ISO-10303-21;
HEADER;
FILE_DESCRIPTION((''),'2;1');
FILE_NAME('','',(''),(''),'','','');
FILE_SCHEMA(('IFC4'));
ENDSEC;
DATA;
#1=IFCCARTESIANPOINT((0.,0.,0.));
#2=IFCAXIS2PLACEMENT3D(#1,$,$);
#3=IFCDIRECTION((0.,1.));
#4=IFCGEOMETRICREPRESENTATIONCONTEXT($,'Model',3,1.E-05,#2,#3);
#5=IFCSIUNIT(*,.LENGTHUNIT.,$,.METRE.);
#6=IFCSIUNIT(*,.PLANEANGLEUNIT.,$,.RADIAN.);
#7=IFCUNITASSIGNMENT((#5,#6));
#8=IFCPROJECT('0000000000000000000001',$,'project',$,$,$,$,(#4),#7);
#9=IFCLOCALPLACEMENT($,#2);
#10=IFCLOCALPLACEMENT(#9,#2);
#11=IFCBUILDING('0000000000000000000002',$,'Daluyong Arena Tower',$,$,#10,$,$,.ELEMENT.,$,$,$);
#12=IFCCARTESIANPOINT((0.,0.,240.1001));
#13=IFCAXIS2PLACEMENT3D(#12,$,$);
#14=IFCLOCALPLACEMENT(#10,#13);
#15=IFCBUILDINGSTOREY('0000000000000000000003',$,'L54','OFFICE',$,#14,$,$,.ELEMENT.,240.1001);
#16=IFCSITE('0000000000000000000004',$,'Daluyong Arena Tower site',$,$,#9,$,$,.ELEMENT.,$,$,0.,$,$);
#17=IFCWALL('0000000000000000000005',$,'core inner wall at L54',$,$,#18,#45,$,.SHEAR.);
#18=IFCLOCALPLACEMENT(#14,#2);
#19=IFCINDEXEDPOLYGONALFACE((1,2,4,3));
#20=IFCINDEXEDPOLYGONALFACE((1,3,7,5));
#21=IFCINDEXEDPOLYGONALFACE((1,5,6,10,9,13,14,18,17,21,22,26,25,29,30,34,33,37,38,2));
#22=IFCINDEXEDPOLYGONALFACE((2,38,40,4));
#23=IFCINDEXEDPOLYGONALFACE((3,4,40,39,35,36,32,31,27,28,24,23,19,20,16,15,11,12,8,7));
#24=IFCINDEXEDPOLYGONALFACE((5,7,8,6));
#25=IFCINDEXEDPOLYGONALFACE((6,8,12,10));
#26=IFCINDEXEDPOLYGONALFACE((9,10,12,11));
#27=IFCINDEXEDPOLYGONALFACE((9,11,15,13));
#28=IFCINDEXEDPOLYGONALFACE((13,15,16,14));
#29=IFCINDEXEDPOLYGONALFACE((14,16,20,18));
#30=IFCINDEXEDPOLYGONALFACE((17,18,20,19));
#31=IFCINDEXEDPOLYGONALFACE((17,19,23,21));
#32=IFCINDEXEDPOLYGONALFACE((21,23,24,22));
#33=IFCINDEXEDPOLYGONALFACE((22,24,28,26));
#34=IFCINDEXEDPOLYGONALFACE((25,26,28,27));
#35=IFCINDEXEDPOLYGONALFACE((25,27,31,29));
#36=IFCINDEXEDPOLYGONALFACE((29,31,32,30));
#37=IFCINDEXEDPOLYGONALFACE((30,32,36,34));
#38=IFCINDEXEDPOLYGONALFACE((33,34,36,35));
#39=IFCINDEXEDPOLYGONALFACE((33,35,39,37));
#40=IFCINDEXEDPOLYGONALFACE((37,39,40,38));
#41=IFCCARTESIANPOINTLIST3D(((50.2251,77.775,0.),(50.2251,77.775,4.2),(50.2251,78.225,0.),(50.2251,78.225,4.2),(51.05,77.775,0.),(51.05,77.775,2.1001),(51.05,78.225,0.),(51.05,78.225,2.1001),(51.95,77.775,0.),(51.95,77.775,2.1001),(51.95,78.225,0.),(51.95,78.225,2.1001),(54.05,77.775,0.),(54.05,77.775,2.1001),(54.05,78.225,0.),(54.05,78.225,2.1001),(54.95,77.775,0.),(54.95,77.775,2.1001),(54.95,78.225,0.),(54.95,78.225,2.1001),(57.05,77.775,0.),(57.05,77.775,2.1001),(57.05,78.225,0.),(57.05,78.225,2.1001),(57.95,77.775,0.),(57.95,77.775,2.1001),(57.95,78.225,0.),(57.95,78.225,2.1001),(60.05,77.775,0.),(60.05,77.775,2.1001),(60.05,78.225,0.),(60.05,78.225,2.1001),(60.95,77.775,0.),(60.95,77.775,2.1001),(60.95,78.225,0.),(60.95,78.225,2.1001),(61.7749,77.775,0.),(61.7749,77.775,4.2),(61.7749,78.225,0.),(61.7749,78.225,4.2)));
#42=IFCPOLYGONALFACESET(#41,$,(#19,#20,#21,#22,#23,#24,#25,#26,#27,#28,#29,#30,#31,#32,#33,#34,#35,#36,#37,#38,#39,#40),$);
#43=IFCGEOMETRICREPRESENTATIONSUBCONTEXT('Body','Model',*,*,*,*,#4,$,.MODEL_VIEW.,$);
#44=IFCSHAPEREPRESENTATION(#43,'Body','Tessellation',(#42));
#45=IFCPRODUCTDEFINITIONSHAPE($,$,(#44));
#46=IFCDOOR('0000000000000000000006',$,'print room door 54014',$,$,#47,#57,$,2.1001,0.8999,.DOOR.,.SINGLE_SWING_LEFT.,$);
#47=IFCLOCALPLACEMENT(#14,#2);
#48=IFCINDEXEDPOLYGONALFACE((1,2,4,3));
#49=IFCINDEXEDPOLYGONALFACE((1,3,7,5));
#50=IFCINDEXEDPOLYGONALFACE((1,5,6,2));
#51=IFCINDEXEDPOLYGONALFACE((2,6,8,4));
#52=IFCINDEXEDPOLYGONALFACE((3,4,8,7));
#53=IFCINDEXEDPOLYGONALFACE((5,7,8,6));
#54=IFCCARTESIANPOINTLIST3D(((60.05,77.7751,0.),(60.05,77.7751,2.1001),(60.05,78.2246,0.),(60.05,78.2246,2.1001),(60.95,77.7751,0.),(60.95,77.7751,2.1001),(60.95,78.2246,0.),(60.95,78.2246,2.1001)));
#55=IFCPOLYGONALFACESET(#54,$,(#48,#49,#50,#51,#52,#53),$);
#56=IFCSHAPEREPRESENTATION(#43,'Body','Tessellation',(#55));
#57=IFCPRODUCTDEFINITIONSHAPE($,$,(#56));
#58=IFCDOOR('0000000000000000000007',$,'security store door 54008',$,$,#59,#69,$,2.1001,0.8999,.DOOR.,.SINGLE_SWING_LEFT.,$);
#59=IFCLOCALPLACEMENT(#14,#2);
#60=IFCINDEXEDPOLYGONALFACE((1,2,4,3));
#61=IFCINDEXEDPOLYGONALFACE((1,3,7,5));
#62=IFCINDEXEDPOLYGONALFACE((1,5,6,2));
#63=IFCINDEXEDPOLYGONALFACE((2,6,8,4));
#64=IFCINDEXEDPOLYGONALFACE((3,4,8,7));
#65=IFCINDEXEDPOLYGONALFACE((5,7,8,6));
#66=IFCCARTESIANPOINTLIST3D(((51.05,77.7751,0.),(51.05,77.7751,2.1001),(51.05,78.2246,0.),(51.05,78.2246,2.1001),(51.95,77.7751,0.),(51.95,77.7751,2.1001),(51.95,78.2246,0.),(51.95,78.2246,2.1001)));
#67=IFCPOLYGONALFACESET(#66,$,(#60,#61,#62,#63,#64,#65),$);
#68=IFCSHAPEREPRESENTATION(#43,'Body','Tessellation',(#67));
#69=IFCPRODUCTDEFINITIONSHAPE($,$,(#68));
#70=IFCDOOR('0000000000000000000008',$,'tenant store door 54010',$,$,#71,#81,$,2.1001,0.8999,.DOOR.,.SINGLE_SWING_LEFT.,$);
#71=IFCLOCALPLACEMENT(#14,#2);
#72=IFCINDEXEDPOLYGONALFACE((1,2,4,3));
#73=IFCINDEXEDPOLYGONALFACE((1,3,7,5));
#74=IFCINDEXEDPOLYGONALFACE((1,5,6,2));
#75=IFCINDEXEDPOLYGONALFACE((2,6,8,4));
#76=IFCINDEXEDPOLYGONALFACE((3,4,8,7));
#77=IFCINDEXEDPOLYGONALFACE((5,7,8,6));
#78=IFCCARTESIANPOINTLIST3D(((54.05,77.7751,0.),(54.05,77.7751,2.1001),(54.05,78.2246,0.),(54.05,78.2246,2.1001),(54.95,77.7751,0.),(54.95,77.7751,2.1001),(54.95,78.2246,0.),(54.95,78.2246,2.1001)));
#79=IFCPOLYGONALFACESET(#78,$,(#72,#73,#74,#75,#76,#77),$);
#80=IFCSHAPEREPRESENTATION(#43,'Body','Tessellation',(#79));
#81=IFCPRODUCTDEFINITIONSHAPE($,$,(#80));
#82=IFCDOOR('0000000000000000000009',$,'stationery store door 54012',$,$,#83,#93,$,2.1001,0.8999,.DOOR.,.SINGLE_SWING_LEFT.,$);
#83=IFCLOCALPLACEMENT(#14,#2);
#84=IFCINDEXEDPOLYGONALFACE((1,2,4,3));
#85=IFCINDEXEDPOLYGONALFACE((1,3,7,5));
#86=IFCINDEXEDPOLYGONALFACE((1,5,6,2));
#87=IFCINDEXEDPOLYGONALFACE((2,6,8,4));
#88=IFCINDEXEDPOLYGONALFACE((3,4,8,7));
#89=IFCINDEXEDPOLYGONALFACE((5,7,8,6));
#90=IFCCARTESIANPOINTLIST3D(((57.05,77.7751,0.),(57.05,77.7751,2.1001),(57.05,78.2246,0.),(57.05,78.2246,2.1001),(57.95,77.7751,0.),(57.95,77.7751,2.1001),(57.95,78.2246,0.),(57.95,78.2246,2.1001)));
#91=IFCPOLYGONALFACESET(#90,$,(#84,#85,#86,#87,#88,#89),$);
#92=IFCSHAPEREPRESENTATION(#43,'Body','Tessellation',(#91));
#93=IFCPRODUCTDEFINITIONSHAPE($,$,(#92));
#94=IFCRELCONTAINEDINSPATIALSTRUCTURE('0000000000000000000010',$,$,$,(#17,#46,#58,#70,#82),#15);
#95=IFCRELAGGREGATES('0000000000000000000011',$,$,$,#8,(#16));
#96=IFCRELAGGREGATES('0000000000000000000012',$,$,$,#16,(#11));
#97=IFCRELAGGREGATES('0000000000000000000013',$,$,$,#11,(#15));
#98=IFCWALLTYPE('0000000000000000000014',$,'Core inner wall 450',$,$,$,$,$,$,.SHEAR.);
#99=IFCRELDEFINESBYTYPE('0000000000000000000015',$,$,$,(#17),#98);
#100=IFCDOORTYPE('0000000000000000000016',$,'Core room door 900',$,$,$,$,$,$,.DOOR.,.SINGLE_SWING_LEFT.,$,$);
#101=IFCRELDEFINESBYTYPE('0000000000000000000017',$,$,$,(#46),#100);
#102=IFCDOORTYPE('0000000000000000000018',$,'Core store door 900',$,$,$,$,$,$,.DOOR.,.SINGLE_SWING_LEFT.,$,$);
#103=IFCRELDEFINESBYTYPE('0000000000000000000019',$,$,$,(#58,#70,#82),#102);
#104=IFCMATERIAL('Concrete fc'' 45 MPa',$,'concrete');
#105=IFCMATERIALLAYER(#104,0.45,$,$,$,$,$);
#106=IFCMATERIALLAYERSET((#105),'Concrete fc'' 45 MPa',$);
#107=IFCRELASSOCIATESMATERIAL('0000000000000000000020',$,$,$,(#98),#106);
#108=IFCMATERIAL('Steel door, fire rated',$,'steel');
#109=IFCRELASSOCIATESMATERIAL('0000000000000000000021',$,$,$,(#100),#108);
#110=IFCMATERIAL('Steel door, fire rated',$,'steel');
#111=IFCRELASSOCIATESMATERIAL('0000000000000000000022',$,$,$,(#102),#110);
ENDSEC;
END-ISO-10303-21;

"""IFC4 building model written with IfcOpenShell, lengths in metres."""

from ifc_helpers import new_model, si_unit, direction, frame, frame_2d, origin, place, context, subcontext, project, spatial, rectangle, extrude, material, layer, layer_set, type_object, element, fill, save


model = new_model("IFC4")

# Units and contexts
model_context = context("Model", 3, precision=1e-05, world=origin(), true_north=direction((0.0, 1.0)))
body_context = subcontext(model_context, "Body", "Model", "MODEL_VIEW")
ifc_project = project(units=[si_unit("LENGTHUNIT", "METRE"), si_unit("PLANEANGLEUNIT", "RADIAN")], contexts=[model_context])

# Site, building, storey
site_placement = place(None, origin())
site = spatial("IfcSite", under=ifc_project, at=site_placement, Name="Daluyong Arena Tower site", CompositionType="ELEMENT", RefElevation=0.0)
building_placement = place(site_placement, origin())
building = spatial("IfcBuilding", under=site, at=building_placement, Name="Daluyong Arena Tower", CompositionType="ELEMENT")
storey_placement = place(building_placement, frame((0.0, 0.0, 240.1001)))
storey = spatial("IfcBuildingStorey", under=building, at=storey_placement, Name="L54", Description="OFFICE", CompositionType="ELEMENT", Elevation=240.1001)

# Shared definitions
ifc_material_1 = material(Name="Concrete fc' 45 MPa", Category="concrete")
ifc_layer = layer(ifc_material_1, 0.45)
ifc_layer_set = layer_set([ifc_layer], Name="Concrete fc' 45 MPa")
wall_type = type_object("IfcWallType", Name="Core inner wall 450", PredefinedType="SHEAR", material=ifc_layer_set)
ifc_material_2 = material(Name="Steel door, fire rated", Category="steel")
door_type_1 = type_object("IfcDoorType", Name="Core room door 900", OperationType="SINGLE_SWING_LEFT", PredefinedType="DOOR", material=ifc_material_2)

# Wall, openings, doors
wall_1_placement = place(storey_placement, frame((50.2251, 78.0, 0.0), z_axis=(0.0, 0.0, 1.0), x_axis=(1.0, 0.0, 0.0)))
wall_1 = element("IfcWall", 1, at=wall_1_placement, inside=storey, type_object=wall_type, Name="core inner wall at L54", PredefinedType="SHEAR", context=body_context, shape_type="SweptSolid", body=[
    extrude(rectangle(XDim=11.5498, YDim=0.45, at=frame_2d((5.7749, 0.0))), origin(), (0.0, 0.0, 1.0), 4.2),
])
opening_1_placement = place(wall_1_placement, frame((0.825, 0.0, 0.0)))
opening_1 = element("IfcOpeningElement", 2, at=opening_1_placement, cuts=wall_1, PredefinedType="OPENING", context=body_context, shape_type="SweptSolid", body=[
    extrude(rectangle(XDim=0.8999, YDim=2.1001, at=frame_2d((0.45, 1.05))), frame((0.0, 0.2349, 0.0), z_axis=(0.0, -1.0, 0.0), x_axis=(1.0, 0.0, 0.0)), (0.0, 0.0, 1.0), 0.47),
])
opening_2_placement = place(wall_1_placement, frame((3.825, 0.0, 0.0)))
opening_2 = element("IfcOpeningElement", 3, at=opening_2_placement, cuts=wall_1, PredefinedType="OPENING", context=body_context, shape_type="SweptSolid", body=[
    extrude(rectangle(XDim=0.8999, YDim=2.1001, at=frame_2d((0.45, 1.05))), frame((0.0, 0.2349, 0.0), z_axis=(0.0, -1.0, 0.0), x_axis=(1.0, 0.0, 0.0)), (0.0, 0.0, 1.0), 0.47),
])
opening_3_placement = place(wall_1_placement, frame((6.825, 0.0, 0.0)))
opening_3 = element("IfcOpeningElement", 4, at=opening_3_placement, cuts=wall_1, PredefinedType="OPENING", context=body_context, shape_type="SweptSolid", body=[
    extrude(rectangle(XDim=0.8999, YDim=2.1001, at=frame_2d((0.45, 1.05))), frame((0.0, 0.2349, 0.0), z_axis=(0.0, -1.0, 0.0), x_axis=(1.0, 0.0, 0.0)), (0.0, 0.0, 1.0), 0.47),
])
opening_4_placement = place(wall_1_placement, frame((9.825, 0.0, 0.0)))
opening_4 = element("IfcOpeningElement", 5, at=opening_4_placement, cuts=wall_1, PredefinedType="OPENING", context=body_context, shape_type="SweptSolid", body=[
    extrude(rectangle(XDim=0.8999, YDim=2.1001, at=frame_2d((0.45, 1.05))), frame((0.0, 0.2349, 0.0), z_axis=(0.0, -1.0, 0.0), x_axis=(1.0, 0.0, 0.0)), (0.0, 0.0, 1.0), 0.47),
])
door_1_placement = place(opening_4_placement, origin())
door_1 = element("IfcDoor", 6, at=door_1_placement, inside=storey, type_object=door_type_1, Name="print room door 54014", OperationType="SINGLE_SWING_LEFT", OverallHeight=2.1001, OverallWidth=0.8999, PredefinedType="DOOR", context=body_context, shape_type="SweptSolid", body=[
    extrude(rectangle(XDim=0.8999, YDim=2.1001, at=frame_2d((0.45, 1.05))), frame((0.0, 0.2246, 0.0), z_axis=(0.0, -1.0, 0.0), x_axis=(1.0, 0.0, 0.0)), (0.0, 0.0, 1.0), 0.4495),
])
fill(opening_4, door_1)
ifc_material_3 = material(Name="Steel door, fire rated", Category="steel")
door_type_2 = type_object("IfcDoorType", Name="Core store door 900", OperationType="SINGLE_SWING_LEFT", PredefinedType="DOOR", material=ifc_material_3)
door_2_placement = place(opening_1_placement, origin())
door_2 = element("IfcDoor", 7, at=door_2_placement, inside=storey, type_object=door_type_2, Name="security store door 54008", OperationType="SINGLE_SWING_LEFT", OverallHeight=2.1001, OverallWidth=0.8999, PredefinedType="DOOR", context=body_context, shape_type="SweptSolid", body=[
    extrude(rectangle(XDim=0.8999, YDim=2.1001, at=frame_2d((0.45, 1.05))), frame((0.0, 0.2246, 0.0), z_axis=(0.0, -1.0, 0.0), x_axis=(1.0, 0.0, 0.0)), (0.0, 0.0, 1.0), 0.4495),
])
fill(opening_1, door_2)
door_3_placement = place(opening_2_placement, origin())
door_3 = element("IfcDoor", 8, at=door_3_placement, inside=storey, type_object=door_type_2, Name="tenant store door 54010", OperationType="SINGLE_SWING_LEFT", OverallHeight=2.1001, OverallWidth=0.8999, PredefinedType="DOOR", context=body_context, shape_type="SweptSolid", body=[
    extrude(rectangle(XDim=0.8999, YDim=2.1001, at=frame_2d((0.45, 1.05))), frame((0.0, 0.2246, 0.0), z_axis=(0.0, -1.0, 0.0), x_axis=(1.0, 0.0, 0.0)), (0.0, 0.0, 1.0), 0.4495),
])
fill(opening_2, door_3)
door_4_placement = place(opening_3_placement, origin())
door_4 = element("IfcDoor", 9, at=door_4_placement, inside=storey, type_object=door_type_2, Name="stationery store door 54012", OperationType="SINGLE_SWING_LEFT", OverallHeight=2.1001, OverallWidth=0.8999, PredefinedType="DOOR", context=body_context, shape_type="SweptSolid", body=[
    extrude(rectangle(XDim=0.8999, YDim=2.1001, at=frame_2d((0.45, 1.05))), frame((0.0, 0.2246, 0.0), z_axis=(0.0, -1.0, 0.0), x_axis=(1.0, 0.0, 0.0)), (0.0, 0.0, 1.0), 0.4495),
])
fill(opening_3, door_4)

save(model, "model.ifc")
